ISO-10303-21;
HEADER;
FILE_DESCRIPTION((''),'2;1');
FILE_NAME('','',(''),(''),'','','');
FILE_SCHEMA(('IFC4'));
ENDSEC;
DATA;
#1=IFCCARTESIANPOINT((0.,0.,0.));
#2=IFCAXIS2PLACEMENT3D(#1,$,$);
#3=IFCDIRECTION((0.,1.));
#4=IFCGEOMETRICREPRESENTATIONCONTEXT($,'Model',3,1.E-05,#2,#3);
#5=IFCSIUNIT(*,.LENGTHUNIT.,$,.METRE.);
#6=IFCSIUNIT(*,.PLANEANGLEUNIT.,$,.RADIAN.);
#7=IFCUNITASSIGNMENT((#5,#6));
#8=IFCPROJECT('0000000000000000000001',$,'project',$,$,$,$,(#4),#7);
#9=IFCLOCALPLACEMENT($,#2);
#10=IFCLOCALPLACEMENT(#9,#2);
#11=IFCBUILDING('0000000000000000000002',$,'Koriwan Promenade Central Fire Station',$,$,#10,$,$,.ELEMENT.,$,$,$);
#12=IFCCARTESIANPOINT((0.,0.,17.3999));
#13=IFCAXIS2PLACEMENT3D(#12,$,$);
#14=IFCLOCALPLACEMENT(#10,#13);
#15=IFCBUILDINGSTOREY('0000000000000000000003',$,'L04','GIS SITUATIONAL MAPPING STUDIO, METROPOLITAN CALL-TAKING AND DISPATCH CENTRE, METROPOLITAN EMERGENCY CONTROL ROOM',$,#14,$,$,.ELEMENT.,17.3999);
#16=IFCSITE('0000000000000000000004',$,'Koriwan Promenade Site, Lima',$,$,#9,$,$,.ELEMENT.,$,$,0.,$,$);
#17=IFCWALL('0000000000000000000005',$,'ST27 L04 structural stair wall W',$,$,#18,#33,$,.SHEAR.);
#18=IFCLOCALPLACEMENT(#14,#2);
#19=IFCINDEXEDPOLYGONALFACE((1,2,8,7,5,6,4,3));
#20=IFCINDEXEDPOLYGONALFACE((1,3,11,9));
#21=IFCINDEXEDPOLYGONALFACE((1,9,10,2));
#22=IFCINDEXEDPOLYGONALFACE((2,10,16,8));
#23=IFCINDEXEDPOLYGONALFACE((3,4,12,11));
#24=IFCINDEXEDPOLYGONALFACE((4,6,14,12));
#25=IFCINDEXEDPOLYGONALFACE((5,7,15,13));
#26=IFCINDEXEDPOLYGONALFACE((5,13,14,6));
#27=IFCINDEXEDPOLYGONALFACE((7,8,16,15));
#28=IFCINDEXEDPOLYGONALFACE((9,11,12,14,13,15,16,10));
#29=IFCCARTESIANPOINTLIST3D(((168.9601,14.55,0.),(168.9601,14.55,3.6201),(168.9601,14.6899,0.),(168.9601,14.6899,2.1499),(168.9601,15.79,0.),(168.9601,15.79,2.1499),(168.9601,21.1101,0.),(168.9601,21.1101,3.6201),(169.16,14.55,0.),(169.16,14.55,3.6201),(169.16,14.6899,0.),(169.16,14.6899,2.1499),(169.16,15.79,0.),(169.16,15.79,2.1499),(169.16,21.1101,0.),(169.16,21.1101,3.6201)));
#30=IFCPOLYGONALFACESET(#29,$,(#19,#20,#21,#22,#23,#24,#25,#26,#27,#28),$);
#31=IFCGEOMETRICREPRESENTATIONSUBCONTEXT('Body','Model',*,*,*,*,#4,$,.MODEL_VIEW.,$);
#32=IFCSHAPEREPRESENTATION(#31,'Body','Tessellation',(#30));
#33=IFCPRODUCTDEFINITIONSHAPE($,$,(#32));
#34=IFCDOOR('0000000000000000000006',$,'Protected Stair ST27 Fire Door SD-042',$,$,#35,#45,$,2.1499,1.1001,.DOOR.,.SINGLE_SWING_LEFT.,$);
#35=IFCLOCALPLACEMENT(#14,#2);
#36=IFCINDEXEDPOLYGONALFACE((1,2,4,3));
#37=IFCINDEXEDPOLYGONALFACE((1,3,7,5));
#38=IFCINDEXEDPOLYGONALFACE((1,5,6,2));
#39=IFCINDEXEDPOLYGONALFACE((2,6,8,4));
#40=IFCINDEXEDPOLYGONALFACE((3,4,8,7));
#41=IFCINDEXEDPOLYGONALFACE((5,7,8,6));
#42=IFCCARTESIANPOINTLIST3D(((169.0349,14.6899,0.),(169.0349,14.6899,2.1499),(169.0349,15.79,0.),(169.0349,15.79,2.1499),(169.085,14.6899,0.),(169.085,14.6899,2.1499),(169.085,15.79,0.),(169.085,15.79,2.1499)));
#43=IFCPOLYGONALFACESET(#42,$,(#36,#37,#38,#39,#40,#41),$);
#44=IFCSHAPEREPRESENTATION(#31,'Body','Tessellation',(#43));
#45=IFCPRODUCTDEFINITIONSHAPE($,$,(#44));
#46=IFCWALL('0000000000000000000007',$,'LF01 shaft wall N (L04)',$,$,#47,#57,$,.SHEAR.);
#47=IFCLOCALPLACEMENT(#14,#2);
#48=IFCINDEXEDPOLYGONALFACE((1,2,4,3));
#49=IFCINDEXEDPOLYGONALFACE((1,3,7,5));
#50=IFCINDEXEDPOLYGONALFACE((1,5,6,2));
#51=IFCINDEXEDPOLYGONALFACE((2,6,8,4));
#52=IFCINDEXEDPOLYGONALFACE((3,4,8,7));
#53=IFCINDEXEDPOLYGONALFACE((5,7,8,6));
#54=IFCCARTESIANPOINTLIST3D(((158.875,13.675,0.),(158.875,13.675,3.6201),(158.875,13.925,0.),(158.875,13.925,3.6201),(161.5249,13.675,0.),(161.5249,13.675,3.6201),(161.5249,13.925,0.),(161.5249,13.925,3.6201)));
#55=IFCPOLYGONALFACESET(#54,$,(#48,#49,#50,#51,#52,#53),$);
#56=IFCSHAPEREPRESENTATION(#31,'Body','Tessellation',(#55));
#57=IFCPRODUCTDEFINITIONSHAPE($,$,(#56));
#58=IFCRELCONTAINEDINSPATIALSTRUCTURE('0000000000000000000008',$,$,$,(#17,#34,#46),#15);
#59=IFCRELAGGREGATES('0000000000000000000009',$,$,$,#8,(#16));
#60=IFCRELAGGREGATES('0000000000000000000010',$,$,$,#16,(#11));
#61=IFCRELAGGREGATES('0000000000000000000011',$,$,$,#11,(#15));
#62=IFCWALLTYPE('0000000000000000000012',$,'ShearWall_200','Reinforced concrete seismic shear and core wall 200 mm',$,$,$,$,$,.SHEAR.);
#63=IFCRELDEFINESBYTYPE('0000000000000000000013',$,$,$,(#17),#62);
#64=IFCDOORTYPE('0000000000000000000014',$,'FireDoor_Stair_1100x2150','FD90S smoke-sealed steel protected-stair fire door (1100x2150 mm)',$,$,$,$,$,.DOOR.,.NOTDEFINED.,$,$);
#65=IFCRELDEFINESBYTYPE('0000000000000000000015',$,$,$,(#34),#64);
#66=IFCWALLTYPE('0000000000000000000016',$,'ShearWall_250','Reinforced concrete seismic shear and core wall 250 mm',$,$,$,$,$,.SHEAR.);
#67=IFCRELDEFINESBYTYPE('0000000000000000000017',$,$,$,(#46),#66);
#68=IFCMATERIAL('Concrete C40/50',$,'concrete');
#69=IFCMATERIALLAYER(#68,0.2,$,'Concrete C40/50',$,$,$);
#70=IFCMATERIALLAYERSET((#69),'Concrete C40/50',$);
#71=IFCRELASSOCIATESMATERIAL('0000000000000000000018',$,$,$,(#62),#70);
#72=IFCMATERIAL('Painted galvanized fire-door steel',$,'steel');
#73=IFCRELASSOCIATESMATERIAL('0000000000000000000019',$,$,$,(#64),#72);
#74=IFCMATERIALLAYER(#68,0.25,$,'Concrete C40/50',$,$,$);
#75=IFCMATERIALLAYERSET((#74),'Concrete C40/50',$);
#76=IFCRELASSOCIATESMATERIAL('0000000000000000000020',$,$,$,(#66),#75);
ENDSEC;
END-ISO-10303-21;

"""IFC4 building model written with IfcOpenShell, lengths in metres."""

from ifc_helpers import new_model, si_unit, direction, frame, frame_2d, origin, place, context, subcontext, project, spatial, rectangle, extrude, material, layer, layer_set, type_object, element, fill, save


model = new_model("IFC4")

# Units and contexts
model_context = context("Model", 3, precision=1e-05, world=origin(), true_north=direction((0.0, 1.0)))
body_context = subcontext(model_context, "Body", "Model", "MODEL_VIEW")
ifc_project = project(units=[si_unit("LENGTHUNIT", "METRE"), si_unit("PLANEANGLEUNIT", "RADIAN")], contexts=[model_context])

# Site, building, storey
site_placement = place(None, origin())
site = spatial("IfcSite", under=ifc_project, at=site_placement, Name="Koriwan Promenade Site, Lima", CompositionType="ELEMENT", RefElevation=0.0)
building_placement = place(site_placement, origin())
building = spatial("IfcBuilding", under=site, at=building_placement, Name="Koriwan Promenade Central Fire Station", CompositionType="ELEMENT")
storey_placement = place(building_placement, frame((0.0, 0.0, 17.3999)))
storey = spatial("IfcBuildingStorey", under=building, at=storey_placement, Name="L04", Description="GIS SITUATIONAL MAPPING STUDIO, METROPOLITAN CALL-TAKING AND DISPATCH CENTRE, METROPOLITAN EMERGENCY CONTROL ROOM", CompositionType="ELEMENT", Elevation=17.3999)

# Shared definitions
ifc_material_1 = material(Name="Concrete C40/50", Category="concrete")

# Shared definitions
ifc_material_2 = material(Name="Painted galvanized fire-door steel", Category="steel")

# Shared definitions
ifc_layer_1 = layer(ifc_material_1, 0.2, Name="Concrete C40/50")
ifc_layer_set_1 = layer_set([ifc_layer_1], Name="Concrete C40/50")
wall_type_1 = type_object("IfcWallType", Name="ShearWall_200", Description="Reinforced concrete seismic shear and core wall 200 mm", PredefinedType="SHEAR", material=ifc_layer_set_1)

# Wall, opening, door
wall_1_placement = place(storey_placement, frame((169.0601, 14.55, 0.0), z_axis=(0.0, 0.0, 1.0), x_axis=(0.0, 1.0, 0.0)))
wall_1 = element("IfcWall", 1, at=wall_1_placement, inside=storey, type_object=wall_type_1, Name="ST27 L04 structural stair wall W", PredefinedType="SHEAR", context=body_context, shape_type="SweptSolid", body=[
    extrude(rectangle(XDim=6.5601, YDim=0.2, at=frame_2d((3.28, 0.0))), origin(), (0.0, 0.0, 1.0), 3.6201),
])
opening_1_placement = place(wall_1_placement, frame((0.1399, 0.0, 0.0)))
opening_1 = element("IfcOpeningElement", 2, at=opening_1_placement, cuts=wall_1, PredefinedType="OPENING", context=body_context, shape_type="SweptSolid", body=[
    extrude(rectangle(XDim=1.1001, YDim=2.1499, at=frame_2d((0.55, 1.075))), frame((0.0, 0.1118, 0.0), z_axis=(0.0, -1.0, 0.0), x_axis=(1.0, 0.0, 0.0)), (0.0, 0.0, 1.0), 0.2239),
])
door_type_1 = type_object("IfcDoorType", Name="FireDoor_Stair_1100x2150", Description="FD90S smoke-sealed steel protected-stair fire door (1100x2150 mm)", OperationType="NOTDEFINED", PredefinedType="DOOR", material=ifc_material_2)
door_1_placement = place(opening_1_placement, frame((1.1001, 0.0, 0.0), z_axis=(0.0, 0.0, 1.0), x_axis=(-1.0, 0.0, 0.0)))
door_1 = element("IfcDoor", 3, at=door_1_placement, inside=storey, type_object=door_type_1, Name="Protected Stair ST27 Fire Door SD-042", OperationType="SINGLE_SWING_LEFT", OverallHeight=2.1499, OverallWidth=1.1001, PredefinedType="DOOR", context=body_context, shape_type="SweptSolid", body=[
    extrude(rectangle(XDim=1.1001, YDim=2.1499, at=frame_2d((0.55, 1.075))), frame((0.0, 0.0249, 0.0), z_axis=(0.0, -1.0, 0.0), x_axis=(1.0, 0.0, 0.0)), (0.0, 0.0, 1.0), 0.05),
])
fill(opening_1, door_1)

# Wall
ifc_layer_2 = layer(ifc_material_1, 0.25, Name="Concrete C40/50")
ifc_layer_set_2 = layer_set([ifc_layer_2], Name="Concrete C40/50")
wall_type_2 = type_object("IfcWallType", Name="ShearWall_250", Description="Reinforced concrete seismic shear and core wall 250 mm", PredefinedType="SHEAR", material=ifc_layer_set_2)
wall_2_placement = place(storey_placement, frame((158.875, 13.8, 0.0), z_axis=(0.0, 0.0, 1.0), x_axis=(1.0, 0.0, 0.0)))
element("IfcWall", 4, at=wall_2_placement, inside=storey, type_object=wall_type_2, Name="LF01 shaft wall N (L04)", PredefinedType="SHEAR", context=body_context, shape_type="SweptSolid", body=[
    extrude(rectangle(XDim=2.6499, YDim=0.25, at=frame_2d((1.325, 0.0))), origin(), (0.0, 0.0, 1.0), 3.6201),
])

save(model, "model.ifc")
